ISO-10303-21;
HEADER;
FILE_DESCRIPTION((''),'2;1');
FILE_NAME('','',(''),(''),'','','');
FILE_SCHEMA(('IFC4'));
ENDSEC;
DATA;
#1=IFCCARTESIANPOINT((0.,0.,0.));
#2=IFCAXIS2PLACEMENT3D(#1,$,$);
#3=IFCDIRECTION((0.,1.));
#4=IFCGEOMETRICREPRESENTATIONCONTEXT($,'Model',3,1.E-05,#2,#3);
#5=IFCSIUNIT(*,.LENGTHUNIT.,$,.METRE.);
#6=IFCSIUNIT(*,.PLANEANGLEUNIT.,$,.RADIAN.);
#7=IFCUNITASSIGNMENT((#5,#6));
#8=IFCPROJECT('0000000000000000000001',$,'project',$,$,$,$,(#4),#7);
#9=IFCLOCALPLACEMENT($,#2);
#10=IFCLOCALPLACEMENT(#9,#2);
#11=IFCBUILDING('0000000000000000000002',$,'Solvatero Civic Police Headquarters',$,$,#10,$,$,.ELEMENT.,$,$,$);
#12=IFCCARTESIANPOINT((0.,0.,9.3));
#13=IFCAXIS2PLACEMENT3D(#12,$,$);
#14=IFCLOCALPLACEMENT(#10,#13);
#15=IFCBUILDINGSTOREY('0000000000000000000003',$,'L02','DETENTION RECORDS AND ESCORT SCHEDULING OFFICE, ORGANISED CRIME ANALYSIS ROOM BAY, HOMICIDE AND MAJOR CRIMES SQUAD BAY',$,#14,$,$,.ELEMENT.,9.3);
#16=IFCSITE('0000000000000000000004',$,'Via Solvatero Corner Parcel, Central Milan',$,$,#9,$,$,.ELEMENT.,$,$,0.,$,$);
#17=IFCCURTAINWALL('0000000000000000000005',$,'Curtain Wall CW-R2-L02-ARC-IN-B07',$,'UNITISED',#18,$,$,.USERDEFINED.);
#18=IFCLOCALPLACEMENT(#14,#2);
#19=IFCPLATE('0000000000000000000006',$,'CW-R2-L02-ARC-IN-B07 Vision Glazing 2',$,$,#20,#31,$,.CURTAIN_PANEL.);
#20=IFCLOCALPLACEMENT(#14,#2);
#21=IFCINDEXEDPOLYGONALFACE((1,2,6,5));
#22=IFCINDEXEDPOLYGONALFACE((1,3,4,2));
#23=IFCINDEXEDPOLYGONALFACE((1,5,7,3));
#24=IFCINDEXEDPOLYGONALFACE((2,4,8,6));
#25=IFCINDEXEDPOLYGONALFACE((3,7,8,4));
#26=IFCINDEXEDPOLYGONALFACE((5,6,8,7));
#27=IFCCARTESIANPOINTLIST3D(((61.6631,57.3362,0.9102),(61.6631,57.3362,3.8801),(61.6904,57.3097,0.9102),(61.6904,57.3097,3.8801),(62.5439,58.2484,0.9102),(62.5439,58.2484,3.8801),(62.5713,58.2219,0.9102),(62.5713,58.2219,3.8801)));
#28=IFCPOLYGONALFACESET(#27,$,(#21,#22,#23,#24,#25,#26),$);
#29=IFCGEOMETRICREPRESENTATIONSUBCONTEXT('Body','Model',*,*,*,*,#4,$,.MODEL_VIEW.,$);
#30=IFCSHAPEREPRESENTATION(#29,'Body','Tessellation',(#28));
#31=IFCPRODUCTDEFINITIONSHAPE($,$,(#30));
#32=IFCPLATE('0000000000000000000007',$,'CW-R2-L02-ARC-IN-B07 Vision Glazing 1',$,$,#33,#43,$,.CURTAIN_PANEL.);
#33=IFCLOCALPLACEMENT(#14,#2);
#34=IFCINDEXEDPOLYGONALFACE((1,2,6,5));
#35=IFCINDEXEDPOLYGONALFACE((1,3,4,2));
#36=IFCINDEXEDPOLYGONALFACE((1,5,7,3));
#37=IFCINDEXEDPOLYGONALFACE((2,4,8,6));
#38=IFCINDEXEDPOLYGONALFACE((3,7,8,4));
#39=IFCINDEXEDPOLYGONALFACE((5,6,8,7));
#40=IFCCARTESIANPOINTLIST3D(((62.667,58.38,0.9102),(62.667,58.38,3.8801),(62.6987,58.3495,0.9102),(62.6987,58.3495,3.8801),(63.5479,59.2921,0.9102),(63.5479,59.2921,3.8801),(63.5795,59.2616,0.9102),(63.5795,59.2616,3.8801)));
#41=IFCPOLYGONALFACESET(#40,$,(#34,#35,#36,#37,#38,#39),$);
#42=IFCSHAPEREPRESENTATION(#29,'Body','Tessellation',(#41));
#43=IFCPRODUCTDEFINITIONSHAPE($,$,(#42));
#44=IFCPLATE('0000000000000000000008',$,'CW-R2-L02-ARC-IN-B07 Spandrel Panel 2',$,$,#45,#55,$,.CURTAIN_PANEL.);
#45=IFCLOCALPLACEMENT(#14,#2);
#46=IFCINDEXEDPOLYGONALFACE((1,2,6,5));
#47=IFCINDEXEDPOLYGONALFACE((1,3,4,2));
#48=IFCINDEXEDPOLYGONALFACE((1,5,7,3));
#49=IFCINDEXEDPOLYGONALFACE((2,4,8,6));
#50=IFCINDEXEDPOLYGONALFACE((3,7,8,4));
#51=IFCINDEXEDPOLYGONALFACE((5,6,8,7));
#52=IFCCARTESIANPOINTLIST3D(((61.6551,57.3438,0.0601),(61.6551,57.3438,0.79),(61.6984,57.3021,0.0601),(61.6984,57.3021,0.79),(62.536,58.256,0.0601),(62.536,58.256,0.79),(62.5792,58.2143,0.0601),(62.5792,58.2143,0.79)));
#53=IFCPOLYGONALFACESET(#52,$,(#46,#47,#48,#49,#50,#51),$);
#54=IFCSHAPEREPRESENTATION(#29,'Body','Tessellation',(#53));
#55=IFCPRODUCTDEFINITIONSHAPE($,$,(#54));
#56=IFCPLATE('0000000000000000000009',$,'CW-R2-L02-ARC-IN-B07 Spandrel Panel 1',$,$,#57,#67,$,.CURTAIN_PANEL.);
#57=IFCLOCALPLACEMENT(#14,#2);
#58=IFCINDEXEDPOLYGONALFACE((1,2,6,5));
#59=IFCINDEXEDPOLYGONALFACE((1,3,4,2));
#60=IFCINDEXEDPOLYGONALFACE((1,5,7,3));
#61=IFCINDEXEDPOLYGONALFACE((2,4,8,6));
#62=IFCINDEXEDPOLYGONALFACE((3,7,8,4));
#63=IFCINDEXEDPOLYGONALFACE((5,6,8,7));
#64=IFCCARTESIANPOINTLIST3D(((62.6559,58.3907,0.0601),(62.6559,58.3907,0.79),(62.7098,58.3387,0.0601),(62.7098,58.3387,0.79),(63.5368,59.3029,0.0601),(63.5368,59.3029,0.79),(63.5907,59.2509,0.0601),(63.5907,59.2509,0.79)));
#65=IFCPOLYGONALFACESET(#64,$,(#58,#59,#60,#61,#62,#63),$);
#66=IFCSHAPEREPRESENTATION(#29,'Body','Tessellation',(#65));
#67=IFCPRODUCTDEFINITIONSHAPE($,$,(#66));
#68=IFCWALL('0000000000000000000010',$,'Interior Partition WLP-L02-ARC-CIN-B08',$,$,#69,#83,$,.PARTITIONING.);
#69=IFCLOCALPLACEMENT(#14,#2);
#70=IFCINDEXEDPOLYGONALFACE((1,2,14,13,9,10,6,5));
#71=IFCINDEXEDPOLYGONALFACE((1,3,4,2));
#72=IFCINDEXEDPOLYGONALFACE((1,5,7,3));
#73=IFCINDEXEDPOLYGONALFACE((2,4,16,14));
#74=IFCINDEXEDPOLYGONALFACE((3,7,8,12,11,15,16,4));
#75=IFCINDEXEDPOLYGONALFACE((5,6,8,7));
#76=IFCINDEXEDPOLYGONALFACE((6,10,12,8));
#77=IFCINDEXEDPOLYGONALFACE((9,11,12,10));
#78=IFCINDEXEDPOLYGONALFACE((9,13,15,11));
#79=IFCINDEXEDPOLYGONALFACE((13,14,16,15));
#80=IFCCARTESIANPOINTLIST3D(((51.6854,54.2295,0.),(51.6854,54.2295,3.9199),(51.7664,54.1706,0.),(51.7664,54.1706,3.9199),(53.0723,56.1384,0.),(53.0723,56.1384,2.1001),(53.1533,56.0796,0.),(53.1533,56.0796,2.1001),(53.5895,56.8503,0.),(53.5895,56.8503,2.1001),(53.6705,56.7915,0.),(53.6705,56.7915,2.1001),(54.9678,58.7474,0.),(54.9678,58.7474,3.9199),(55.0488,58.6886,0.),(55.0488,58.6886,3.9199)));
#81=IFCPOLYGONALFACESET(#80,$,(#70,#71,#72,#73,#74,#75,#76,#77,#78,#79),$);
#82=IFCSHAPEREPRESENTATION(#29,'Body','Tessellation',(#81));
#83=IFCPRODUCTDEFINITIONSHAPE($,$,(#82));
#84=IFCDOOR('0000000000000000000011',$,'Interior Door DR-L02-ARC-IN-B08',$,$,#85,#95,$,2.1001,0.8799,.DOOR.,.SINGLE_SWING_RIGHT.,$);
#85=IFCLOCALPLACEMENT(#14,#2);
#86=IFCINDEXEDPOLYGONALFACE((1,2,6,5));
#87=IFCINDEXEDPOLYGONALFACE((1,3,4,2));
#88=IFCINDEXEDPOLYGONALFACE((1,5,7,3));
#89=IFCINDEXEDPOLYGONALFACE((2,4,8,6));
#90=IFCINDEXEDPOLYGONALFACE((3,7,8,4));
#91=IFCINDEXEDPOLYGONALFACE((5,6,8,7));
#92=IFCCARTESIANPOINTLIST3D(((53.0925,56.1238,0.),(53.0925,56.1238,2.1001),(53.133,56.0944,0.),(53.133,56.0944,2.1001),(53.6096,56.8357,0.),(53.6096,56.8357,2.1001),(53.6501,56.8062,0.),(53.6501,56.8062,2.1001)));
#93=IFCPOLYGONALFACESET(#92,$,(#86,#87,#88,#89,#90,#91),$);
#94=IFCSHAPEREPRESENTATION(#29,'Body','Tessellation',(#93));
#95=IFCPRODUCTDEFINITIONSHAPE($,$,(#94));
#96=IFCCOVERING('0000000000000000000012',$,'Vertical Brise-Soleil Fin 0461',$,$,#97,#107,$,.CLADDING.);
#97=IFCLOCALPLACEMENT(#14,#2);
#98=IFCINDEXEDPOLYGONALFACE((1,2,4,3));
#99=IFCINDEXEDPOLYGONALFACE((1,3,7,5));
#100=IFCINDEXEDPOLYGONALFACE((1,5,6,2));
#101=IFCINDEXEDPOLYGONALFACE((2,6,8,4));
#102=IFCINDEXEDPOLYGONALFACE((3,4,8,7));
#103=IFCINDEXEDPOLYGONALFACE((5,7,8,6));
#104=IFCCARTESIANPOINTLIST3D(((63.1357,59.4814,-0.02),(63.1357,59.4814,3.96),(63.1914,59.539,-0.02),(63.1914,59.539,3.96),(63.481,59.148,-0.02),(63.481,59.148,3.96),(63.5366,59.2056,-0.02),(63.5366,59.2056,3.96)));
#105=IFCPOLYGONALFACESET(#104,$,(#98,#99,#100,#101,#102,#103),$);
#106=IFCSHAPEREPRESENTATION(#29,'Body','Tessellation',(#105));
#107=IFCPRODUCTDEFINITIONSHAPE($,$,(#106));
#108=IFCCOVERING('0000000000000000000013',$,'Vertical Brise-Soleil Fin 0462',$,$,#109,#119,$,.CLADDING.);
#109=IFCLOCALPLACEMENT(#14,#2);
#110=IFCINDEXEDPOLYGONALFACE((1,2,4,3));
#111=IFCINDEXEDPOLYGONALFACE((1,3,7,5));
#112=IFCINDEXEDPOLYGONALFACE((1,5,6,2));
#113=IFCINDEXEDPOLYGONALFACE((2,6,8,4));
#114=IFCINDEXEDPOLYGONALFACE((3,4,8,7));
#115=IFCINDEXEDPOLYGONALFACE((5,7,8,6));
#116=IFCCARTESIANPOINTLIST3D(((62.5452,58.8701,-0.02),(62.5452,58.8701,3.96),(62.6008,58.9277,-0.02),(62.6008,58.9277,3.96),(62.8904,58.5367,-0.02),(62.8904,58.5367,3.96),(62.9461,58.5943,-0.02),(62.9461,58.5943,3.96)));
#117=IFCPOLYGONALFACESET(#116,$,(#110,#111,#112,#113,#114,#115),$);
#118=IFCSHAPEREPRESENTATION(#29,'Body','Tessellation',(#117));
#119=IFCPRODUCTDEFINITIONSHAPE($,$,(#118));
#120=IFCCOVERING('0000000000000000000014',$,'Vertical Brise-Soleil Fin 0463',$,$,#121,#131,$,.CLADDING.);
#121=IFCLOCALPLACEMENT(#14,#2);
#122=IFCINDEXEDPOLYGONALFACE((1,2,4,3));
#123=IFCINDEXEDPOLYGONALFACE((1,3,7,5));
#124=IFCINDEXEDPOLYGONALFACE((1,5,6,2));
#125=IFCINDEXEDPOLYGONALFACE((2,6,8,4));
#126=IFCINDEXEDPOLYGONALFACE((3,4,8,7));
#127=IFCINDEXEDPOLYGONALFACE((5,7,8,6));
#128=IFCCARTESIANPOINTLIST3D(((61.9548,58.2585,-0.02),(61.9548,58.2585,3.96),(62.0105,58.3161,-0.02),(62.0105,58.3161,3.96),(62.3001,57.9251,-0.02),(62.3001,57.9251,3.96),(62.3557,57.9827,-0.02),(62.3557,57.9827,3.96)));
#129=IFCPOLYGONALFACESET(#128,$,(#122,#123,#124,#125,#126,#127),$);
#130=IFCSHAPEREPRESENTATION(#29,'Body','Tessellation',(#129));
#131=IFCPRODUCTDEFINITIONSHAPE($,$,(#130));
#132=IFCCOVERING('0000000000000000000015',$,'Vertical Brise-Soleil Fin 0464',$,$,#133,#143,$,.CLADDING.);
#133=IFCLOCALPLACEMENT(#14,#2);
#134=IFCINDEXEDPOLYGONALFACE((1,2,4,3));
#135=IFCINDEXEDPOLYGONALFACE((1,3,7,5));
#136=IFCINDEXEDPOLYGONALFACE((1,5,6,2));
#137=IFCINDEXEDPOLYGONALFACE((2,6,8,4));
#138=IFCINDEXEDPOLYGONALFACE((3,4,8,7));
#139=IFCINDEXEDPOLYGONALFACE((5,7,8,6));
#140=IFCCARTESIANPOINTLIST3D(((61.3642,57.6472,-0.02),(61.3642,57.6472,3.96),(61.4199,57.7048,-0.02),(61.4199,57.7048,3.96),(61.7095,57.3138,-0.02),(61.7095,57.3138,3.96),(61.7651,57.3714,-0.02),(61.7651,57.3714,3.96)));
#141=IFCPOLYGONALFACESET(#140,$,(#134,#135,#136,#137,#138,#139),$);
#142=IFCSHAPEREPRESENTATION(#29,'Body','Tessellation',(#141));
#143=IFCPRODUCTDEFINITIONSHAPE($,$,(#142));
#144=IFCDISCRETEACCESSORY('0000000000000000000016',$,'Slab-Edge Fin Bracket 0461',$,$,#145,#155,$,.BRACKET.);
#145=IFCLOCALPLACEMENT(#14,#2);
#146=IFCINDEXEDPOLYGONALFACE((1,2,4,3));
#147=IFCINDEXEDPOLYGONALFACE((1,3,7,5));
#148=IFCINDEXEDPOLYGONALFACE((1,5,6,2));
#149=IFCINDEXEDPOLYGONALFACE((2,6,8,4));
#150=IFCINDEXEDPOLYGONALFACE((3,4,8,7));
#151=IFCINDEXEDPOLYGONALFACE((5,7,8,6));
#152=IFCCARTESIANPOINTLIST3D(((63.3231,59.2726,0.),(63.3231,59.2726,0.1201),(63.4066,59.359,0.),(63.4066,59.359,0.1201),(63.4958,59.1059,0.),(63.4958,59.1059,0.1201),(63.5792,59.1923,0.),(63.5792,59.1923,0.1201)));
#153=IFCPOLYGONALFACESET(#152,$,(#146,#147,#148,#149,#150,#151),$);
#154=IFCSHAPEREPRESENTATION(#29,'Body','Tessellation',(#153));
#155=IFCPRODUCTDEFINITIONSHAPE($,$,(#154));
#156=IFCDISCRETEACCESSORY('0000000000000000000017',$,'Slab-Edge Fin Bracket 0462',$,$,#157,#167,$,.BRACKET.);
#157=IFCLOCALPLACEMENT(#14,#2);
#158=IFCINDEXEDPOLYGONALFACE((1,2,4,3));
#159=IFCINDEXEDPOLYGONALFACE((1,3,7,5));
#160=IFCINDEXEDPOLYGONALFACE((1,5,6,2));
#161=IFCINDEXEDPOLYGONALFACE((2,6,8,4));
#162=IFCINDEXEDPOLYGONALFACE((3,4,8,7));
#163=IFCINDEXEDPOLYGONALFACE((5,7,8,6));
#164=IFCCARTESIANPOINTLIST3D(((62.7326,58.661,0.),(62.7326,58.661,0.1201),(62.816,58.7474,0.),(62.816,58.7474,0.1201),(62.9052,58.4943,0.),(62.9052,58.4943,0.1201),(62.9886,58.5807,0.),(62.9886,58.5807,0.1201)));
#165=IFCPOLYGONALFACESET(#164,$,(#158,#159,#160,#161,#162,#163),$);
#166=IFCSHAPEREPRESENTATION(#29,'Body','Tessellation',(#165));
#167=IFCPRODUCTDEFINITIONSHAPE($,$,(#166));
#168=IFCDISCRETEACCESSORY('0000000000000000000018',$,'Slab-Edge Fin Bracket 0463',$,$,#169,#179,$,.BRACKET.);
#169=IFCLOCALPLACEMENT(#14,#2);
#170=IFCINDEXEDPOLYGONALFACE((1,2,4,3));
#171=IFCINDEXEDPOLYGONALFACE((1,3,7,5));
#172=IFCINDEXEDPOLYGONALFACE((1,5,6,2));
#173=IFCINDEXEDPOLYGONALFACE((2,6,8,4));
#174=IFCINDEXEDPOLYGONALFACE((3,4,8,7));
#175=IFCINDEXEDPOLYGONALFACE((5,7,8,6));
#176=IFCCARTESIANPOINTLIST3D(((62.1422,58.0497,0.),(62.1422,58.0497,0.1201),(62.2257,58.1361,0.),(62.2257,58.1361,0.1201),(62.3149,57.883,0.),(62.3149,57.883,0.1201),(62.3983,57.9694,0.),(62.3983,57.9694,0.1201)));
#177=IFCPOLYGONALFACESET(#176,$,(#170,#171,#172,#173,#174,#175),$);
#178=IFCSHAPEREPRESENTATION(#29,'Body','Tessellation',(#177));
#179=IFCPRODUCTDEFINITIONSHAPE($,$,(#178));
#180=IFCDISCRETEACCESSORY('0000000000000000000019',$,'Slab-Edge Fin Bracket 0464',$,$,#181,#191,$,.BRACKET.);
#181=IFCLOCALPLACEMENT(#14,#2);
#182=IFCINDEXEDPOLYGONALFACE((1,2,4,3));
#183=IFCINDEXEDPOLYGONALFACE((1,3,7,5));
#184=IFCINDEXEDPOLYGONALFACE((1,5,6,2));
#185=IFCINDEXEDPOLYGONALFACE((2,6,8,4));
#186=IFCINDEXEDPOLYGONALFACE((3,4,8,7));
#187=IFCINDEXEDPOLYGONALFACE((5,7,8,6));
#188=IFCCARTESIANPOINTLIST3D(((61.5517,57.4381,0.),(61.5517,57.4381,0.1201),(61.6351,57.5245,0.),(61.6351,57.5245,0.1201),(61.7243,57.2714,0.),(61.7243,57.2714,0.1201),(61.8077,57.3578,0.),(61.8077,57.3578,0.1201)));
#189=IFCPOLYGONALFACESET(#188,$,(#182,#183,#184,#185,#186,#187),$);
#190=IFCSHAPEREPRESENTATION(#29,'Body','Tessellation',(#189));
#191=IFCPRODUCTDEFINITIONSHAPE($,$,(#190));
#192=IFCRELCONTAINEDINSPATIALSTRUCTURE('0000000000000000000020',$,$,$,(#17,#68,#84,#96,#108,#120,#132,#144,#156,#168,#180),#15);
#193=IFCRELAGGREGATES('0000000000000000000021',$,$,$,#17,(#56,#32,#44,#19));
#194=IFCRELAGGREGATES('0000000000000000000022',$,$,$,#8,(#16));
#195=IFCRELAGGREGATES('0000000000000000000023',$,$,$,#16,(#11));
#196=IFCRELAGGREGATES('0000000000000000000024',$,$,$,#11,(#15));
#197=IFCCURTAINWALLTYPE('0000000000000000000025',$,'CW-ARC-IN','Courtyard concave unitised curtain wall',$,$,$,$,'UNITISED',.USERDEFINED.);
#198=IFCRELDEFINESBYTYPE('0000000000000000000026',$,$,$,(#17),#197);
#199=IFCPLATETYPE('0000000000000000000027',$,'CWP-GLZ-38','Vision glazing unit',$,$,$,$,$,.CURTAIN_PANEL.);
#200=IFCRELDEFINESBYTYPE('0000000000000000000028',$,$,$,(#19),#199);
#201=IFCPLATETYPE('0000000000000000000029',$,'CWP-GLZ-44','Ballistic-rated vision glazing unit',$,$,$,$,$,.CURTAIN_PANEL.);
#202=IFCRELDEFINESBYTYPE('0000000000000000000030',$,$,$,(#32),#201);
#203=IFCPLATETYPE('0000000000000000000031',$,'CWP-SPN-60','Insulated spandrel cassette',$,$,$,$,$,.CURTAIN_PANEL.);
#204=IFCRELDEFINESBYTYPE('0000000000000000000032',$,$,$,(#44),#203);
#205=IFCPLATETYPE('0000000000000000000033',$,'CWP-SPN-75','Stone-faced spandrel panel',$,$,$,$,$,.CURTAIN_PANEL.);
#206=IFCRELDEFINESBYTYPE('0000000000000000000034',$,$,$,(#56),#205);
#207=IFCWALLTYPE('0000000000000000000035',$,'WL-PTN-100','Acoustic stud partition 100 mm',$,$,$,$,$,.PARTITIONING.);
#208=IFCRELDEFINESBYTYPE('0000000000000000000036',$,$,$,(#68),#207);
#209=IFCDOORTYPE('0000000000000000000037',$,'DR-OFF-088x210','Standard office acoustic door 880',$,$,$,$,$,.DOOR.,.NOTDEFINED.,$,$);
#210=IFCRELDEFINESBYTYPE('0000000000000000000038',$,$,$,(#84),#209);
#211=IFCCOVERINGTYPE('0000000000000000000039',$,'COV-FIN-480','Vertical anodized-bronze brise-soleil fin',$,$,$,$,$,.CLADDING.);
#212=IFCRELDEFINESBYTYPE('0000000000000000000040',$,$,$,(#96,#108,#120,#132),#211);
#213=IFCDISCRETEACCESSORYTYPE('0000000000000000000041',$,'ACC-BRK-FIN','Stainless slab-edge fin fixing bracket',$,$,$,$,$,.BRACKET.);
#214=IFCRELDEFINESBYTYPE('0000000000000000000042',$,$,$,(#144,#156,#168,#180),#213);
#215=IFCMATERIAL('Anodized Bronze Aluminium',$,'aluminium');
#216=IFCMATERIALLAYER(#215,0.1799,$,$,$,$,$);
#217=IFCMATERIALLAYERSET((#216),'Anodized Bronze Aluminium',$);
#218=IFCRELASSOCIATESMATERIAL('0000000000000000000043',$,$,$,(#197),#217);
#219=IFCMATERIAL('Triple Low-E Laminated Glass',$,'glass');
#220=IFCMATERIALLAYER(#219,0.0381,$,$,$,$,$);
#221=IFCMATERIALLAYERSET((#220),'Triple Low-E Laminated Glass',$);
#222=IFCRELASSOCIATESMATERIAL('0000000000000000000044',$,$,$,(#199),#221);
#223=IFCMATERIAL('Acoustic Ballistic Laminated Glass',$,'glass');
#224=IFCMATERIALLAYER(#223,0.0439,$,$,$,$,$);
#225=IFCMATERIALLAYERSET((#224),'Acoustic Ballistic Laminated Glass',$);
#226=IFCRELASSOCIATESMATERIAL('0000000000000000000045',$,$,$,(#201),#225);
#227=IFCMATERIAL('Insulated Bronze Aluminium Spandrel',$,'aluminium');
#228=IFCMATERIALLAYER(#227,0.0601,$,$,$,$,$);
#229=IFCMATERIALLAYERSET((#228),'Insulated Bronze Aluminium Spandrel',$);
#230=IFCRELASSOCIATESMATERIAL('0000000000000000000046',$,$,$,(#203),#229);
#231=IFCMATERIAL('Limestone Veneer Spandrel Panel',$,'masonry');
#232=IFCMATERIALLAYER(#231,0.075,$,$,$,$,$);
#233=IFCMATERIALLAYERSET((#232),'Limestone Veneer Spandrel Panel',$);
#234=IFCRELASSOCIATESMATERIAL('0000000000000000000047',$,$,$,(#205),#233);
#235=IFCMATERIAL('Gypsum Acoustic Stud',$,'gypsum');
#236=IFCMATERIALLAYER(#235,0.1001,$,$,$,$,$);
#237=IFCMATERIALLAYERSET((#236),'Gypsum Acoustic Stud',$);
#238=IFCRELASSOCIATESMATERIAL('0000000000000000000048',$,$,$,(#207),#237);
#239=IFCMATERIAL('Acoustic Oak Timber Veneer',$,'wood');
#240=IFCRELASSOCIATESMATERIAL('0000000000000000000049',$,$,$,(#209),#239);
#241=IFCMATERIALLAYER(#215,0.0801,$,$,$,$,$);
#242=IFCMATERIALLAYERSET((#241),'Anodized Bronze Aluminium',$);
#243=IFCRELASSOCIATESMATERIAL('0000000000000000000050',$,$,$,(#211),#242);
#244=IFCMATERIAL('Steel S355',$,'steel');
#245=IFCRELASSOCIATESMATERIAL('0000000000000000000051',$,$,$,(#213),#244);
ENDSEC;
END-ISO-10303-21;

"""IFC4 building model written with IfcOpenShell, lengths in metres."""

from ifc_helpers import new_model, si_unit, direction, frame, frame_2d, origin, origin_2d, place, context, subcontext, project, spatial, rectangle, extrude, material, layer, layer_set, type_object, element, fill, aggregate, save


model = new_model("IFC4")

# Units and contexts
model_context = context("Model", 3, precision=1e-05, world=origin(), true_north=direction((0.0, 1.0)))
body_context = subcontext(model_context, "Body", "Model", "MODEL_VIEW")
ifc_project = project(units=[si_unit("LENGTHUNIT", "METRE"), si_unit("PLANEANGLEUNIT", "RADIAN")], contexts=[model_context])

# Site, building, storey
site_placement = place(None, origin())
site = spatial("IfcSite", under=ifc_project, at=site_placement, Name="Via Solvatero Corner Parcel, Central Milan", CompositionType="ELEMENT", RefElevation=0.0)
building_placement = place(site_placement, origin())
building = spatial("IfcBuilding", under=site, at=building_placement, Name="Solvatero Civic Police Headquarters", CompositionType="ELEMENT")
storey_placement = place(building_placement, frame((0.0, 0.0, 9.3)))
storey = spatial("IfcBuildingStorey", under=building, at=storey_placement, Name="L02", Description="DETENTION RECORDS AND ESCORT SCHEDULING OFFICE, ORGANISED CRIME ANALYSIS ROOM BAY, HOMICIDE AND MAJOR CRIMES SQUAD BAY", CompositionType="ELEMENT", Elevation=9.3)

# Shared definitions
ifc_material_1 = material(Name="Steel S355", Category="steel")

# Shared definitions
ifc_material_2 = material(Name="Anodized Bronze Aluminium", Category="aluminium")
ifc_layer_1 = layer(ifc_material_2, 0.1799)
ifc_layer_set_1 = layer_set([ifc_layer_1], Name="Anodized Bronze Aluminium")
curtain_wall_type = type_object("IfcCurtainWallType", Name="CW-ARC-IN", Description="Courtyard concave unitised curtain wall", ElementType="UNITISED", PredefinedType="USERDEFINED", material=ifc_layer_set_1)

# Curtain wall, plates
curtain_wall_1_placement = place(storey_placement, origin())
curtain_wall_1 = element("IfcCurtainWall", 1, at=curtain_wall_1_placement, inside=storey, type_object=curtain_wall_type, Name="Curtain Wall CW-R2-L02-ARC-IN-B07", ObjectType="UNITISED", PredefinedType="USERDEFINED")
ifc_material_3 = material(Name="Triple Low-E Laminated Glass", Category="glass")
ifc_layer_2 = layer(ifc_material_3, 0.0381)
ifc_layer_set_2 = layer_set([ifc_layer_2], Name="Triple Low-E Laminated Glass")
plate_type_1 = type_object("IfcPlateType", Name="CWP-GLZ-38", Description="Vision glazing unit", PredefinedType="CURTAIN_PANEL", material=ifc_layer_set_2)
plate_1_placement = place(storey_placement, frame((62.1172, 57.7791, 0.9102), z_axis=(0.0, 0.0, 1.0), x_axis=(-0.694658, -0.71934, 0.0)))
plate_1 = element("IfcPlate", 2, at=plate_1_placement, type_object=plate_type_1, Name="CW-R2-L02-ARC-IN-B07 Vision Glazing 2", PredefinedType="CURTAIN_PANEL", context=body_context, shape_type="SweptSolid", body=[
    extrude(rectangle(XDim=1.2681, YDim=0.0381, at=origin_2d()), origin(), (0.0, 0.0, 1.0), 2.97),
])
ifc_material_4 = material(Name="Acoustic Ballistic Laminated Glass", Category="glass")
ifc_layer_3 = layer(ifc_material_4, 0.0439)
ifc_layer_set_3 = layer_set([ifc_layer_3], Name="Acoustic Ballistic Laminated Glass")
plate_type_2 = type_object("IfcPlateType", Name="CWP-GLZ-44", Description="Ballistic-rated vision glazing unit", PredefinedType="CURTAIN_PANEL", material=ifc_layer_set_3)
plate_2_placement = place(storey_placement, frame((63.1233, 58.8208, 0.9102), z_axis=(0.0, 0.0, 1.0), x_axis=(-0.694658, -0.71934, 0.0)))
plate_2 = element("IfcPlate", 3, at=plate_2_placement, type_object=plate_type_2, Name="CW-R2-L02-ARC-IN-B07 Vision Glazing 1", PredefinedType="CURTAIN_PANEL", context=body_context, shape_type="SweptSolid", body=[
    extrude(rectangle(XDim=1.2681, YDim=0.0439, at=origin_2d()), origin(), (0.0, 0.0, 1.0), 2.97),
])
ifc_material_5 = material(Name="Insulated Bronze Aluminium Spandrel", Category="aluminium")
ifc_layer_4 = layer(ifc_material_5, 0.0601)
ifc_layer_set_4 = layer_set([ifc_layer_4], Name="Insulated Bronze Aluminium Spandrel")
plate_type_3 = type_object("IfcPlateType", Name="CWP-SPN-60", Description="Insulated spandrel cassette", PredefinedType="CURTAIN_PANEL", material=ifc_layer_set_4)
plate_3_placement = place(storey_placement, frame((62.1172, 57.7791, 0.0601), z_axis=(0.0, 0.0, 1.0), x_axis=(-0.694658, -0.71934, 0.0)))
plate_3 = element("IfcPlate", 4, at=plate_3_placement, type_object=plate_type_3, Name="CW-R2-L02-ARC-IN-B07 Spandrel Panel 2", PredefinedType="CURTAIN_PANEL", context=body_context, shape_type="SweptSolid", body=[
    extrude(rectangle(XDim=1.2681, YDim=0.0601, at=origin_2d()), origin(), (0.0, 0.0, 1.0), 0.73),
])
ifc_material_6 = material(Name="Limestone Veneer Spandrel Panel", Category="masonry")
ifc_layer_5 = layer(ifc_material_6, 0.075)
ifc_layer_set_5 = layer_set([ifc_layer_5], Name="Limestone Veneer Spandrel Panel")
plate_type_4 = type_object("IfcPlateType", Name="CWP-SPN-75", Description="Stone-faced spandrel panel", PredefinedType="CURTAIN_PANEL", material=ifc_layer_set_5)
plate_4_placement = place(storey_placement, frame((63.1233, 58.8208, 0.0601), z_axis=(0.0, 0.0, 1.0), x_axis=(-0.694658, -0.71934, 0.0)))
plate_4 = element("IfcPlate", 5, at=plate_4_placement, type_object=plate_type_4, Name="CW-R2-L02-ARC-IN-B07 Spandrel Panel 1", PredefinedType="CURTAIN_PANEL", context=body_context, shape_type="SweptSolid", body=[
    extrude(rectangle(XDim=1.2681, YDim=0.075, at=origin_2d()), origin(), (0.0, 0.0, 1.0), 0.73),
])
aggregate(curtain_wall_1, [plate_4, plate_2, plate_3, plate_1])

# Wall, opening, door
ifc_material_7 = material(Name="Gypsum Acoustic Stud", Category="gypsum")
ifc_layer_6 = layer(ifc_material_7, 0.1001)
ifc_layer_set_6 = layer_set([ifc_layer_6], Name="Gypsum Acoustic Stud")
wall_type = type_object("IfcWallType", Name="WL-PTN-100", Description="Acoustic stud partition 100 mm", PredefinedType="PARTITIONING", material=ifc_layer_set_6)
wall_placement = place(storey_placement, frame((55.0083, 58.718, 0.0), z_axis=(0.0, 0.0, 1.0), x_axis=(-0.587774, -0.809025, 0.0)))
wall = element("IfcWall", 6, at=wall_placement, inside=storey, type_object=wall_type, Name="Interior Partition WLP-L02-ARC-CIN-B08", PredefinedType="PARTITIONING", context=body_context, shape_type="SweptSolid", body=[
    extrude(rectangle(XDim=5.5845, YDim=0.1001, at=frame_2d((2.7922, 0.0))), origin(), (0.0, 0.0, 1.0), 3.9199),
])
opening_placement = place(wall_placement, frame((2.345, 0.0, 0.0)))
opening = element("IfcOpeningElement", 7, at=opening_placement, cuts=wall, PredefinedType="OPENING", context=body_context, shape_type="SweptSolid", body=[
    extrude(rectangle(XDim=0.8799, YDim=2.1001, at=frame_2d((0.4399, 1.05))), frame((0.0, 0.0601, 0.0), z_axis=(0.0, -1.0, 0.0), x_axis=(1.0, 0.0, 0.0)), (0.0, 0.0, 1.0), 0.1201),
])
ifc_material_8 = material(Name="Acoustic Oak Timber Veneer", Category="wood")
door_type = type_object("IfcDoorType", Name="DR-OFF-088x210", Description="Standard office acoustic door 880", OperationType="NOTDEFINED", PredefinedType="DOOR", material=ifc_material_8)
door_placement = place(opening_placement, origin())
door = element("IfcDoor", 8, at=door_placement, inside=storey, type_object=door_type, Name="Interior Door DR-L02-ARC-IN-B08", OperationType="SINGLE_SWING_RIGHT", OverallHeight=2.1001, OverallWidth=0.8799, PredefinedType="DOOR", context=body_context, shape_type="SweptSolid", body=[
    extrude(rectangle(XDim=0.8799, YDim=2.1001, at=frame_2d((0.4399, 1.05))), frame((0.0, 0.0249, 0.0), z_axis=(0.0, -1.0, 0.0), x_axis=(1.0, 0.0, 0.0)), (0.0, 0.0, 1.0), 0.05),
])
fill(opening, door)

# Coverings
ifc_layer_7 = layer(ifc_material_2, 0.0801)
ifc_layer_set_7 = layer_set([ifc_layer_7], Name="Anodized Bronze Aluminium")
covering_type = type_object("IfcCoveringType", Name="COV-FIN-480", Description="Vertical anodized-bronze brise-soleil fin", PredefinedType="CLADDING", material=ifc_layer_set_7)
for number, where, z_axis, x_axis, name in (
    (9, (63.3362, 59.3435, -0.02), (0.0, 0.0, 1.0), (-0.694658, -0.71934, 0.0), "Vertical Brise-Soleil Fin 0461"),
    (10, (62.7456, 58.7322, -0.02), (0.0, 0.0, 1.0), (-0.694658, -0.71934, 0.0), "Vertical Brise-Soleil Fin 0462"),
    (11, (62.1553, 58.1206, -0.02), (0.0, 0.0, 1.0), (-0.694658, -0.71934, 0.0), "Vertical Brise-Soleil Fin 0463"),
    (12, (61.5647, 57.5093, -0.02), (0.0, 0.0, 1.0), (-0.694658, -0.71934, 0.0), "Vertical Brise-Soleil Fin 0464"),
):
    element("IfcCovering", number, at=place(storey_placement, frame(where, z_axis=z_axis, x_axis=x_axis)), inside=storey, type_object=covering_type, Name=name, PredefinedType="CLADDING", context=body_context, shape_type="SweptSolid", body=[
        extrude(rectangle(XDim=0.0801, YDim=0.48, at=origin_2d()), origin(), (0.0, 0.0, 1.0), 3.98),
    ])

# Discrete accessories
discrete_accessory_type = type_object("IfcDiscreteAccessoryType", Name="ACC-BRK-FIN", Description="Stainless slab-edge fin fixing bracket", PredefinedType="BRACKET", material=ifc_material_1)
for number, where, z_axis, x_axis, name in (
    (13, (63.4512, 59.2324, 0.0), (0.0, 0.0, 1.0), (-0.694658, -0.71934, 0.0), "Slab-Edge Fin Bracket 0461"),
    (14, (62.8606, 58.6208, 0.0), (0.0, 0.0, 1.0), (-0.694658, -0.71934, 0.0), "Slab-Edge Fin Bracket 0462"),
    (15, (62.2703, 58.0095, 0.0), (0.0, 0.0, 1.0), (-0.694658, -0.71934, 0.0), "Slab-Edge Fin Bracket 0463"),
    (16, (61.6797, 57.3979, 0.0), (0.0, 0.0, 1.0), (-0.694658, -0.71934, 0.0), "Slab-Edge Fin Bracket 0464"),
):
    element("IfcDiscreteAccessory", number, at=place(storey_placement, frame(where, z_axis=z_axis, x_axis=x_axis)), inside=storey, type_object=discrete_accessory_type, Name=name, PredefinedType="BRACKET", context=body_context, shape_type="SweptSolid", body=[
        extrude(rectangle(XDim=0.1201, YDim=0.24, at=origin_2d()), origin(), (0.0, 0.0, 1.0), 0.1201),
    ])

save(model, "model.ifc")
